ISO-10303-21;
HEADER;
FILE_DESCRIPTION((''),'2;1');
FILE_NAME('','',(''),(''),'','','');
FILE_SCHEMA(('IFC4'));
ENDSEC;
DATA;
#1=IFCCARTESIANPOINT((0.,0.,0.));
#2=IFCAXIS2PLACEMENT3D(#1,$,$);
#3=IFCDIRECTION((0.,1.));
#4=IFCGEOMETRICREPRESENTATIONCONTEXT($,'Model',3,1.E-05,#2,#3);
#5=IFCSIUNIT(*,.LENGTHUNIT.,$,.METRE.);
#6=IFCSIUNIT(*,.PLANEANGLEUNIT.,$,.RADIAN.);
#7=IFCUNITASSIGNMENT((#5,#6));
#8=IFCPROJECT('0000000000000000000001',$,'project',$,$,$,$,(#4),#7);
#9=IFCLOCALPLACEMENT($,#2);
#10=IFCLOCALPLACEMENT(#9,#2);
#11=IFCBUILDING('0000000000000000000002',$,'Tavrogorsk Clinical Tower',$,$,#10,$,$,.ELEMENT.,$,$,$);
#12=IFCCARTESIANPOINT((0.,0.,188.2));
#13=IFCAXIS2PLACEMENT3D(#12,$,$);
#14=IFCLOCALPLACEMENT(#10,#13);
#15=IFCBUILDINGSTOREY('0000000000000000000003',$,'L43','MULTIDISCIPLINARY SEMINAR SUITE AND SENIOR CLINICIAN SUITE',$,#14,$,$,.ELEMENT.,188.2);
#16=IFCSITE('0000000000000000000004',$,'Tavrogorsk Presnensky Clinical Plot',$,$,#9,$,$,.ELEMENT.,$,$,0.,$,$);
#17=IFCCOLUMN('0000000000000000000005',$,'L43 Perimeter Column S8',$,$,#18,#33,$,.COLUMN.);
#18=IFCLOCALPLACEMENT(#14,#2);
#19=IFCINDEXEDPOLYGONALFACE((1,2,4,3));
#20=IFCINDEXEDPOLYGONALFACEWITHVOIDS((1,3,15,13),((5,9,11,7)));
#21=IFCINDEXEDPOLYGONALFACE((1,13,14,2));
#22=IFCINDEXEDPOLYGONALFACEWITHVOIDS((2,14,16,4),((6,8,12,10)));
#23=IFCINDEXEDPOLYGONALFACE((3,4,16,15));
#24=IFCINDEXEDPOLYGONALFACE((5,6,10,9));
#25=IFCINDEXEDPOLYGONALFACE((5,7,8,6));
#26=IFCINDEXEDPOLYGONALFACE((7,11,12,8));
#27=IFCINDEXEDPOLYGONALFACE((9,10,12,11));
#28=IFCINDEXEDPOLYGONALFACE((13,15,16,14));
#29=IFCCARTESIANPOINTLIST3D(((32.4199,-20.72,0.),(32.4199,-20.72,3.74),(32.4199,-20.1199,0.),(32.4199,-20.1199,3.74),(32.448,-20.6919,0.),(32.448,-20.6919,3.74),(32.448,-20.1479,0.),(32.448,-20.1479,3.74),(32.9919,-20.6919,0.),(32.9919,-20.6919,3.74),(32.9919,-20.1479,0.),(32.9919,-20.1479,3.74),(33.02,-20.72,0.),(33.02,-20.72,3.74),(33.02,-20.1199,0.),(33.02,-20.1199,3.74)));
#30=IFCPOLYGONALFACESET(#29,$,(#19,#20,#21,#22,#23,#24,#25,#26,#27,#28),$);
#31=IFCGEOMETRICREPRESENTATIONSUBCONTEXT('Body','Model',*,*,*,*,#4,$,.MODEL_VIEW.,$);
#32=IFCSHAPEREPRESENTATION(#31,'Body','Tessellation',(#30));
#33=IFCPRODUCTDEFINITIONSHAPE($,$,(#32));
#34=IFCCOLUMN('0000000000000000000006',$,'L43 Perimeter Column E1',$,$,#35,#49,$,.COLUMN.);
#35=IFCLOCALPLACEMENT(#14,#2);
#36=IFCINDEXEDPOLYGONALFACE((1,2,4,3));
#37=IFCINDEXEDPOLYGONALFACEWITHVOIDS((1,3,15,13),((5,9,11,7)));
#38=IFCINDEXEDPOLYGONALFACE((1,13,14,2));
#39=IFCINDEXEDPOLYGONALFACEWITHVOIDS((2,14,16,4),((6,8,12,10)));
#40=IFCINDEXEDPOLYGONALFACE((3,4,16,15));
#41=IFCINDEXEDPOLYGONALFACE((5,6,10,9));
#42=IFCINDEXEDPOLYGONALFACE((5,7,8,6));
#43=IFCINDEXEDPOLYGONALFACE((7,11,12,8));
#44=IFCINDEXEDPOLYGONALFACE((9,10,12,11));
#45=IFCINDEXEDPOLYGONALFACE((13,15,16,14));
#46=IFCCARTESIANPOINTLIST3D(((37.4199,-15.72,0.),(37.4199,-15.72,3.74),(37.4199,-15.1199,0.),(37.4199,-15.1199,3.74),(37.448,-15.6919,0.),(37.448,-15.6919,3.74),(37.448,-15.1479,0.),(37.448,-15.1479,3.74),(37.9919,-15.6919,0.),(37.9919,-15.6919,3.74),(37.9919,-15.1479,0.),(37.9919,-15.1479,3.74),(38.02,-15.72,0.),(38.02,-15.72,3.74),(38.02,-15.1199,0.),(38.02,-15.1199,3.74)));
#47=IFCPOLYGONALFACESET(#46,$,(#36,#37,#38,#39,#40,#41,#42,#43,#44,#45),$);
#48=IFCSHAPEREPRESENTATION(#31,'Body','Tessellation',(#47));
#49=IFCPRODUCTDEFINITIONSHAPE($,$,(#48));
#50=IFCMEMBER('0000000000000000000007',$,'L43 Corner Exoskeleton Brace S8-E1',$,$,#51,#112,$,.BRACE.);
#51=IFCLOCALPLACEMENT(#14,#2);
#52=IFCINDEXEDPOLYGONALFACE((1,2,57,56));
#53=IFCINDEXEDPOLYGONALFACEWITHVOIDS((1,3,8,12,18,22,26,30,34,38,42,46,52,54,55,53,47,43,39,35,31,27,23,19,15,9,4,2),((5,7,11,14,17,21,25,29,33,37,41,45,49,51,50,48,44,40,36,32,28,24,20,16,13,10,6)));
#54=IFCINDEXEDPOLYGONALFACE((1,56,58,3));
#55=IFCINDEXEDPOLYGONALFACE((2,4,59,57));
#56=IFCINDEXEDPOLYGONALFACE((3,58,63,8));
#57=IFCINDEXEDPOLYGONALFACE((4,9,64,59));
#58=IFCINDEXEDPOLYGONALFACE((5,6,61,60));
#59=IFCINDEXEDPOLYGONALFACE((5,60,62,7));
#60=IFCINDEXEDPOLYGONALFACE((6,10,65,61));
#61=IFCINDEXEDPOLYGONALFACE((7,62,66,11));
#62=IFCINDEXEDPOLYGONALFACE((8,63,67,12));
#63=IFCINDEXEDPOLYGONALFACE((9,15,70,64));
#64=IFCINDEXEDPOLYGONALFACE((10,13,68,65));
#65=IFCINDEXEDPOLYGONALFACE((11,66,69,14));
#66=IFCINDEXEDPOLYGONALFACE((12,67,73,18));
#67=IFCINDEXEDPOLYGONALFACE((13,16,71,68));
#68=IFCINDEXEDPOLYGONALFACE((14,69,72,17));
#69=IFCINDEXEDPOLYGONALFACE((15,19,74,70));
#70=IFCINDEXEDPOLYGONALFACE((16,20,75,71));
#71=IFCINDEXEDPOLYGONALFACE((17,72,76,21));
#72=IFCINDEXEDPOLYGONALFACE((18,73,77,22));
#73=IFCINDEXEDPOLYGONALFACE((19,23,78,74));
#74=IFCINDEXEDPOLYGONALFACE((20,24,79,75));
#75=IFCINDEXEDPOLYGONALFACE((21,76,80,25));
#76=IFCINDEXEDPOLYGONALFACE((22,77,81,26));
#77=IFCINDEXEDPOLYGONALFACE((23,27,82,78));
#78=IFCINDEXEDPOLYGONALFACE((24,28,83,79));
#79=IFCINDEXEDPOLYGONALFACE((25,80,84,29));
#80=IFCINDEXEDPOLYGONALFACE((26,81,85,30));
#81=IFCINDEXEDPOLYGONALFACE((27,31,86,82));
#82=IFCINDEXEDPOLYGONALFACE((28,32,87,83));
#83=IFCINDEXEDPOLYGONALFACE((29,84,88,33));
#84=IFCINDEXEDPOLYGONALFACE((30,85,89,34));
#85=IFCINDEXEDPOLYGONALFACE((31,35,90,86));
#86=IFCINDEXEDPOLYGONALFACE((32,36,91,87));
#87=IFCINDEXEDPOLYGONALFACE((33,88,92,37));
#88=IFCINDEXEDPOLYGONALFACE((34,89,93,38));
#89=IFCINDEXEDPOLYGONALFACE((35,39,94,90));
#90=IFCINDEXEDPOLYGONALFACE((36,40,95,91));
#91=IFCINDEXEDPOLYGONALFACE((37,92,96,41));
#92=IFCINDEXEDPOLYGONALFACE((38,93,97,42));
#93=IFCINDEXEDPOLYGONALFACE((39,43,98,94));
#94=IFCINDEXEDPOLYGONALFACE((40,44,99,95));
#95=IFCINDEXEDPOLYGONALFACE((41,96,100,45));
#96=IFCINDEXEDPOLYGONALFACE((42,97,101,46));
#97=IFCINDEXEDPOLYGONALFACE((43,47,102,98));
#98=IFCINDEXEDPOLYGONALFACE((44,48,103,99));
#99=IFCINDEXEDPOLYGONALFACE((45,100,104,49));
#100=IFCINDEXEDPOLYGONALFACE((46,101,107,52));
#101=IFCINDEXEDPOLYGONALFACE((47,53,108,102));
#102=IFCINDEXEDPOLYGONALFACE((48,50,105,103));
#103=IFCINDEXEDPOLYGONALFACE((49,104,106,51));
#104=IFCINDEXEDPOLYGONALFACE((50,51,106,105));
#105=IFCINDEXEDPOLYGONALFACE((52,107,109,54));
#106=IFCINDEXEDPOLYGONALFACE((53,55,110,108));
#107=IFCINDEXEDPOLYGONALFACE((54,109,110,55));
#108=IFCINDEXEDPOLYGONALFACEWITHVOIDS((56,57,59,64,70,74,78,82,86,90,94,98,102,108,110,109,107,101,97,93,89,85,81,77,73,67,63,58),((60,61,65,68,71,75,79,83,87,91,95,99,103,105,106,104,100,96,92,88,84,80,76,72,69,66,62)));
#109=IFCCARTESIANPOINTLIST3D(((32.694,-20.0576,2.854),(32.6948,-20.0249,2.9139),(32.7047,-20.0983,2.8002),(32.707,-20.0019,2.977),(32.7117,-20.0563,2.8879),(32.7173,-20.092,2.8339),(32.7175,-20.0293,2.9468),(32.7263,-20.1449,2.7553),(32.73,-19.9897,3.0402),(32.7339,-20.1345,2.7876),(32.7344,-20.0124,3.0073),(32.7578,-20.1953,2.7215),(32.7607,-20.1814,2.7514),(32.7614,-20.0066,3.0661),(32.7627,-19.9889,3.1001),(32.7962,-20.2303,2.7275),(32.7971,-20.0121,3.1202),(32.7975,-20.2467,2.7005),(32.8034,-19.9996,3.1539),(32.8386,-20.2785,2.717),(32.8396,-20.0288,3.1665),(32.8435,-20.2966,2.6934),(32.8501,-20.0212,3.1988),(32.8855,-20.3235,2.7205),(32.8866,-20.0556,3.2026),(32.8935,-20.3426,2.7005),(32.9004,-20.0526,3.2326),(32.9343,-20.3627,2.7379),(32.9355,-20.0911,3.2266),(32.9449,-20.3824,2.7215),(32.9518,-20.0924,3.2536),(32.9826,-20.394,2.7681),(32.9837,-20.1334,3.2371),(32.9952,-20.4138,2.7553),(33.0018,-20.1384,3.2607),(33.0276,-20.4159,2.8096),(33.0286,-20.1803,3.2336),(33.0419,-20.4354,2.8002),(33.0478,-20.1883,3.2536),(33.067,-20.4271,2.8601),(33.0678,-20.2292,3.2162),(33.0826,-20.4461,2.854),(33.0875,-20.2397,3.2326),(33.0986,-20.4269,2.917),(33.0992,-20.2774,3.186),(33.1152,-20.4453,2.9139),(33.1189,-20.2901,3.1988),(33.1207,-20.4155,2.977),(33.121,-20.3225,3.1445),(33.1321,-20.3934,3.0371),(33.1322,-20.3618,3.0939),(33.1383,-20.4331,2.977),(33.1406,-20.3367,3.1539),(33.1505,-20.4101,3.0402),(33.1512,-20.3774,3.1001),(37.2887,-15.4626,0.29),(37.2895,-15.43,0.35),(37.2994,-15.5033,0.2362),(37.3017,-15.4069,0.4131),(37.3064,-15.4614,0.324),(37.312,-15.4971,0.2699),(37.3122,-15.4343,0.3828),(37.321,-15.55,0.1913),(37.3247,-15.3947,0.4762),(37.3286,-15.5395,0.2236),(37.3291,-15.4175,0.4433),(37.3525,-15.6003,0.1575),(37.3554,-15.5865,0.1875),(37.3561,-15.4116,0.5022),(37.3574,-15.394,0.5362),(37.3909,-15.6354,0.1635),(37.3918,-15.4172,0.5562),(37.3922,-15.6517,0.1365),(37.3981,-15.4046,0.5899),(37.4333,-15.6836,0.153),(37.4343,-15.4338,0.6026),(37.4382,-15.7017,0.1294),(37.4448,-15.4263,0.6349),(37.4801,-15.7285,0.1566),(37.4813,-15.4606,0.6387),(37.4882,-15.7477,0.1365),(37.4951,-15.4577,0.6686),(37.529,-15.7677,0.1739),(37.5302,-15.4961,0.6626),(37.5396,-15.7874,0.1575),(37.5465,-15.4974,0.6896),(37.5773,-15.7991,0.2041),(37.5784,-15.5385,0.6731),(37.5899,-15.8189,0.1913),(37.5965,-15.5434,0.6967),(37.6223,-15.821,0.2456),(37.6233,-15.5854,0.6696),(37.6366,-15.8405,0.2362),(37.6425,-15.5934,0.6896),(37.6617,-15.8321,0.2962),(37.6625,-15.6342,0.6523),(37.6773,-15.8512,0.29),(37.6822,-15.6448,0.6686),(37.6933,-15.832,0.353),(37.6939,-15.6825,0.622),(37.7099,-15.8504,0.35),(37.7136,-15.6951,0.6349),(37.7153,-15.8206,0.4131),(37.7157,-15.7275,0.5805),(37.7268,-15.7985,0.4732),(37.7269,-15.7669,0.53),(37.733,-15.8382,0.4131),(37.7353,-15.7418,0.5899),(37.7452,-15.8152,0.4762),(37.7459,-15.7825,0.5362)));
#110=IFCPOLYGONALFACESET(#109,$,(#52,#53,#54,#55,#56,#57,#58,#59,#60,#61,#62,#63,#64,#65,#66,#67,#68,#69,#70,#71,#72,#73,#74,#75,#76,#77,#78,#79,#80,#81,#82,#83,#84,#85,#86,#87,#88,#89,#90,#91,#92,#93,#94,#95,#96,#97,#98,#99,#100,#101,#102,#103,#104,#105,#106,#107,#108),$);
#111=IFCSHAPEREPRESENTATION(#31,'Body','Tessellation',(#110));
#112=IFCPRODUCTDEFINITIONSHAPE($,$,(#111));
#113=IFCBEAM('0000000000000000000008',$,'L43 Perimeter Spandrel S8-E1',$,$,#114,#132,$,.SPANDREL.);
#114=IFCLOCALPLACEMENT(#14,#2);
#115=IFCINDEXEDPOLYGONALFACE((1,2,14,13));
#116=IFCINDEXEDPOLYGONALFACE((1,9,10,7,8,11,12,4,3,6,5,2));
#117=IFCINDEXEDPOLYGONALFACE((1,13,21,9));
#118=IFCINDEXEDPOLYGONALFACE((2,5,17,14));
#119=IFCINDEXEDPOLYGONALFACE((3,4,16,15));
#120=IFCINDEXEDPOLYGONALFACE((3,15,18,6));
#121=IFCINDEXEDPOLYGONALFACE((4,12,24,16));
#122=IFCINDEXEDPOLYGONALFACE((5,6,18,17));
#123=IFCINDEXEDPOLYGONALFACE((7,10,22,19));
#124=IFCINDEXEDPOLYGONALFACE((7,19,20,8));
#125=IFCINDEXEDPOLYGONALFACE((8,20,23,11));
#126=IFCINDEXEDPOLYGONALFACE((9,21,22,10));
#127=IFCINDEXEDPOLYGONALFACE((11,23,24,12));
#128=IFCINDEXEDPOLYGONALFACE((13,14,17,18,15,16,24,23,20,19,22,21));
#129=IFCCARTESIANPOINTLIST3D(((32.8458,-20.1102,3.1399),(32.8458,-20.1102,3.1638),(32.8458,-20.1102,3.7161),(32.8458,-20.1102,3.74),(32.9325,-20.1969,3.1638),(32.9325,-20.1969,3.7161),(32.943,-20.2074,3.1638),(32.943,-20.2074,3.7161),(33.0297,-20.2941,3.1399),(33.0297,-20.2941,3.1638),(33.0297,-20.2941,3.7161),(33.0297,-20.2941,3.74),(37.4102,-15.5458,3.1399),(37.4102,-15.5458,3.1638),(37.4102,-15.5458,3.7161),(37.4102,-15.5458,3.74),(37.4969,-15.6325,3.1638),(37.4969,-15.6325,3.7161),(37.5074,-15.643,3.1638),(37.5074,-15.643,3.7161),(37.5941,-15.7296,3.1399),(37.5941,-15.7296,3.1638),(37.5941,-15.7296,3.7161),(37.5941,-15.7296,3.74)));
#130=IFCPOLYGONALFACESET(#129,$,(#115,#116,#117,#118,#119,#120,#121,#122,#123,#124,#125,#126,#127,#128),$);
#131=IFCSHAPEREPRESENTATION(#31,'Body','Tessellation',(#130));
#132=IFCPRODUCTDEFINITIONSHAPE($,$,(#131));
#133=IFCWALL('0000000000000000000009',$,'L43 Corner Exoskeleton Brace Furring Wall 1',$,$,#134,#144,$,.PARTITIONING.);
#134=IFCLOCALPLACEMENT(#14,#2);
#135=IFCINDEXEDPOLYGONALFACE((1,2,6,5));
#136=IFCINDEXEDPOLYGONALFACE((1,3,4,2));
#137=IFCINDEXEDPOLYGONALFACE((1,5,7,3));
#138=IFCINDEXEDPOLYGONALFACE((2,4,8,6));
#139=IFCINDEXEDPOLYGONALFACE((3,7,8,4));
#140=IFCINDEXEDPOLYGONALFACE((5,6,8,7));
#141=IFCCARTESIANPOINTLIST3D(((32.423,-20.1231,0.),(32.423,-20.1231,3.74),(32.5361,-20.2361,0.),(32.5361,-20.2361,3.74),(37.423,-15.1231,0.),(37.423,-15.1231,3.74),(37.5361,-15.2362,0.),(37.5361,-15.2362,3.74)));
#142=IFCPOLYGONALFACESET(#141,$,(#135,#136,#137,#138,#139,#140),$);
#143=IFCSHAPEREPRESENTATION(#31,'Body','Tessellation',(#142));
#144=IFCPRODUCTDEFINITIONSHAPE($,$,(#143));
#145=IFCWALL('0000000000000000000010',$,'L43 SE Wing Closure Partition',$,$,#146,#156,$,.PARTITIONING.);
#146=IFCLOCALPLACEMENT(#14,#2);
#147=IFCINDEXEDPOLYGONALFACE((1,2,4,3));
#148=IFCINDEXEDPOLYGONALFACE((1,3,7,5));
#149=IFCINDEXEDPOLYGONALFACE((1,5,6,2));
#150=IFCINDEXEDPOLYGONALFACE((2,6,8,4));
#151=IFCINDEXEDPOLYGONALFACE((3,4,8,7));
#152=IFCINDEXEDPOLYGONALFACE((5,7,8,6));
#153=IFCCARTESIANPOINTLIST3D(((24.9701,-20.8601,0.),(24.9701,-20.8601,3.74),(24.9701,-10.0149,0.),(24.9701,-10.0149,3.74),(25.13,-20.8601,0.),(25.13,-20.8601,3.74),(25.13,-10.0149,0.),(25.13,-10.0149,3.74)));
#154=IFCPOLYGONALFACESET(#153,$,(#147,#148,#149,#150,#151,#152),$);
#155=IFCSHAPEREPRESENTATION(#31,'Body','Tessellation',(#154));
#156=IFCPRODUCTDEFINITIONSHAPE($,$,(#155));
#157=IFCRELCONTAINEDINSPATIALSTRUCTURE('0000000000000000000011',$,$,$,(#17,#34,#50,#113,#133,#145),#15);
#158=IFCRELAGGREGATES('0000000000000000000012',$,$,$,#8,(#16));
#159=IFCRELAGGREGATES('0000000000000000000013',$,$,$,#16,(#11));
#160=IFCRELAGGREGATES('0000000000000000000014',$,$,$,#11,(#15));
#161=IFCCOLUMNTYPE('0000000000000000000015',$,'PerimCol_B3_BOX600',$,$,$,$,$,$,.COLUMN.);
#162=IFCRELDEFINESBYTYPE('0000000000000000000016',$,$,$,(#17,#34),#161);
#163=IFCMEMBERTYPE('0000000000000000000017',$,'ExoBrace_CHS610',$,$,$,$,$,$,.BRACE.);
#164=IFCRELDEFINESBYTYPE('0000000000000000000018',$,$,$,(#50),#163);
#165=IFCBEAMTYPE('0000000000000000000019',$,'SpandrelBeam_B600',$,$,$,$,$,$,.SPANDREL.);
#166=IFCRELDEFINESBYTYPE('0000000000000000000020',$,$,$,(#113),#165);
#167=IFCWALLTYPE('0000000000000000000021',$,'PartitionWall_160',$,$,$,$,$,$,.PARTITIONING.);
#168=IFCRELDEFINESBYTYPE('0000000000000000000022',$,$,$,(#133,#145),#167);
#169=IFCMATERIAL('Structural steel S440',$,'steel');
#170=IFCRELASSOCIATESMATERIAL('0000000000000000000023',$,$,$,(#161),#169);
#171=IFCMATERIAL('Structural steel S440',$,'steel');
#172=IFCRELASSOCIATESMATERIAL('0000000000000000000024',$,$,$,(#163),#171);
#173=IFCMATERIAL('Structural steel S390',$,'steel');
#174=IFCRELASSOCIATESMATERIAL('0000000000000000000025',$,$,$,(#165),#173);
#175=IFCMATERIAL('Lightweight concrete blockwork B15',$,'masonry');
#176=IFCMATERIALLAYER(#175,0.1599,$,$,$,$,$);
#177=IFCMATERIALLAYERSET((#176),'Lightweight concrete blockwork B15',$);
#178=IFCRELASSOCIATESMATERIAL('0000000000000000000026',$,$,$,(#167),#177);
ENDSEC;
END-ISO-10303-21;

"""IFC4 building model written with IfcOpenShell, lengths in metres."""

from ifc_helpers import new_model, si_unit, direction, frame, frame_2d, origin, origin_2d, place, context, subcontext, project, spatial, rectangle, hollow_rectangle, hollow_circle, i_section, extrude, material, layer, layer_set, material_profile, profile_set, type_object, element, save


model = new_model("IFC4")

# Units and contexts
model_context = context("Model", 3, precision=1e-05, world=origin(), true_north=direction((0.0, 1.0)))
body_context = subcontext(model_context, "Body", "Model", "MODEL_VIEW")
ifc_project = project(units=[si_unit("LENGTHUNIT", "METRE"), si_unit("PLANEANGLEUNIT", "RADIAN")], contexts=[model_context])

# Site, building, storey
site_placement = place(None, origin())
site = spatial("IfcSite", under=ifc_project, at=site_placement, Name="Tavrogorsk Presnensky Clinical Plot", CompositionType="ELEMENT", RefElevation=0.0)
building_placement = place(site_placement, origin())
building = spatial("IfcBuilding", under=site, at=building_placement, Name="Tavrogorsk Clinical Tower", CompositionType="ELEMENT")
storey_placement = place(building_placement, frame((0.0, 0.0, 188.2)))
storey = spatial("IfcBuildingStorey", under=building, at=storey_placement, Name="L43", Description="MULTIDISCIPLINARY SEMINAR SUITE AND SENIOR CLINICIAN SUITE", CompositionType="ELEMENT", Elevation=188.2)

# Columns
ifc_material_1 = material(Name="Structural steel S440", Category="steel")
ifc_material_profile_1 = material_profile(ifc_material_1, hollow_rectangle(XDim=0.6001, YDim=0.6001, WallThickness=0.0281, at=origin_2d()), Name="BOX-600x600x28")
ifc_profile_set_1 = profile_set([ifc_material_profile_1], Name="Structural steel S440")
column_type = type_object("IfcColumnType", Name="PerimCol_B3_BOX600", PredefinedType="COLUMN", material=ifc_profile_set_1)
for number, where, z_axis, x_axis, name in (
    (1, (32.72, -20.4199, 0.0), (0.0, 0.0, 1.0), (1.0, 0.0, 0.0), "L43 Perimeter Column S8"),
    (2, (37.72, -15.4199, 0.0), (0.0, 0.0, 1.0), (1.0, 0.0, 0.0), "L43 Perimeter Column E1"),
):
    element("IfcColumn", number, at=place(storey_placement, frame(where, z_axis=z_axis, x_axis=x_axis)), inside=storey, type_object=column_type, Name=name, PredefinedType="COLUMN", context=body_context, shape_type="SweptSolid", body=[
        extrude(hollow_rectangle(XDim=0.6001, YDim=0.6001, WallThickness=0.0281, at=origin_2d()), origin(), (0.0, 0.0, 1.0), 3.74),
    ])

# Member
ifc_material_2 = material(Name="Structural steel S440", Category="steel")
ifc_material_profile_2 = material_profile(ifc_material_2, hollow_circle(Radius=0.3049, WallThickness=0.0249, at=origin_2d()), Name="CHS-610x25")
ifc_profile_set_2 = profile_set([ifc_material_profile_2], Name="Structural steel S440")
member_type = type_object("IfcMemberType", Name="ExoBrace_CHS610", PredefinedType="BRACE", material=ifc_profile_set_2)
member_placement = place(storey_placement, frame((37.5173, -15.6226, 0.4131), z_axis=(-0.657739, -0.657774, 0.367034), x_axis=(0.707126, -0.707088, 0.0)))
element("IfcMember", 3, at=member_placement, inside=storey, type_object=member_type, Name="L43 Corner Exoskeleton Brace S8-E1", PredefinedType="BRACE", context=body_context, shape_type="SweptSolid", body=[
    extrude(hollow_circle(Radius=0.3049, WallThickness=0.0249, at=origin_2d()), origin(), (0.0, 0.0, 1.0), 6.9856),
])

# Beam
ifc_material_3 = material(Name="Structural steel S390", Category="steel")
ifc_material_profile_3 = material_profile(ifc_material_3, i_section(OverallWidth=0.26, OverallDepth=0.6001, WebThickness=0.0149, FlangeThickness=0.0239, at=origin_2d()), Name="B-600x260x15x24")
ifc_profile_set_3 = profile_set([ifc_material_profile_3], Name="Structural steel S390")
beam_type = type_object("IfcBeamType", Name="SpandrelBeam_B600", PredefinedType="SPANDREL", material=ifc_profile_set_3)
beam_placement = place(storey_placement, frame((32.9377, -20.2021, 3.4399), z_axis=(0.707107, 0.707107, 0.0), x_axis=(-0.707107, 0.707107, 0.0)))
element("IfcBeam", 4, at=beam_placement, inside=storey, type_object=beam_type, Name="L43 Perimeter Spandrel S8-E1", PredefinedType="SPANDREL", context=body_context, shape_type="SweptSolid", body=[
    extrude(i_section(OverallWidth=0.26, OverallDepth=0.6001, WebThickness=0.0149, FlangeThickness=0.0239, at=origin_2d()), origin(), (0.0, 0.0, 1.0), 6.4551),
])

# Walls
ifc_material_4 = material(Name="Lightweight concrete blockwork B15", Category="masonry")
ifc_layer_1 = layer(ifc_material_4, 0.1599)
ifc_layer_set_1 = layer_set([ifc_layer_1], Name="Lightweight concrete blockwork B15")
wall_type_1 = type_object("IfcWallType", Name="PartitionWall_160", PredefinedType="PARTITIONING", material=ifc_layer_set_1)
wall_1_placement = place(storey_placement, frame((32.4795, -20.1797, 0.0), z_axis=(0.0, 0.0, 1.0), x_axis=(0.707107, 0.707107, 0.0)))
element("IfcWall", 5, at=wall_1_placement, inside=storey, type_object=wall_type_1, Name="L43 Corner Exoskeleton Brace Furring Wall 1", PredefinedType="PARTITIONING", context=body_context, shape_type="SweptSolid", body=[
    extrude(rectangle(XDim=7.071, YDim=0.1599, at=frame_2d((3.5356, 0.0))), origin(), (0.0, 0.0, 1.0), 3.74),
])
wall_2_placement = place(storey_placement, frame((25.05, -20.8601, 0.0), z_axis=(0.0, 0.0, 1.0), x_axis=(0.0, 1.0, 0.0)))
element("IfcWall", 6, at=wall_2_placement, inside=storey, type_object=wall_type_1, Name="L43 SE Wing Closure Partition", PredefinedType="PARTITIONING", context=body_context, shape_type="SweptSolid", body=[
    extrude(rectangle(XDim=10.8452, YDim=0.1599, at=frame_2d((5.4226, 0.0))), origin(), (0.0, 0.0, 1.0), 3.74),
])

save(model, "model.ifc")
